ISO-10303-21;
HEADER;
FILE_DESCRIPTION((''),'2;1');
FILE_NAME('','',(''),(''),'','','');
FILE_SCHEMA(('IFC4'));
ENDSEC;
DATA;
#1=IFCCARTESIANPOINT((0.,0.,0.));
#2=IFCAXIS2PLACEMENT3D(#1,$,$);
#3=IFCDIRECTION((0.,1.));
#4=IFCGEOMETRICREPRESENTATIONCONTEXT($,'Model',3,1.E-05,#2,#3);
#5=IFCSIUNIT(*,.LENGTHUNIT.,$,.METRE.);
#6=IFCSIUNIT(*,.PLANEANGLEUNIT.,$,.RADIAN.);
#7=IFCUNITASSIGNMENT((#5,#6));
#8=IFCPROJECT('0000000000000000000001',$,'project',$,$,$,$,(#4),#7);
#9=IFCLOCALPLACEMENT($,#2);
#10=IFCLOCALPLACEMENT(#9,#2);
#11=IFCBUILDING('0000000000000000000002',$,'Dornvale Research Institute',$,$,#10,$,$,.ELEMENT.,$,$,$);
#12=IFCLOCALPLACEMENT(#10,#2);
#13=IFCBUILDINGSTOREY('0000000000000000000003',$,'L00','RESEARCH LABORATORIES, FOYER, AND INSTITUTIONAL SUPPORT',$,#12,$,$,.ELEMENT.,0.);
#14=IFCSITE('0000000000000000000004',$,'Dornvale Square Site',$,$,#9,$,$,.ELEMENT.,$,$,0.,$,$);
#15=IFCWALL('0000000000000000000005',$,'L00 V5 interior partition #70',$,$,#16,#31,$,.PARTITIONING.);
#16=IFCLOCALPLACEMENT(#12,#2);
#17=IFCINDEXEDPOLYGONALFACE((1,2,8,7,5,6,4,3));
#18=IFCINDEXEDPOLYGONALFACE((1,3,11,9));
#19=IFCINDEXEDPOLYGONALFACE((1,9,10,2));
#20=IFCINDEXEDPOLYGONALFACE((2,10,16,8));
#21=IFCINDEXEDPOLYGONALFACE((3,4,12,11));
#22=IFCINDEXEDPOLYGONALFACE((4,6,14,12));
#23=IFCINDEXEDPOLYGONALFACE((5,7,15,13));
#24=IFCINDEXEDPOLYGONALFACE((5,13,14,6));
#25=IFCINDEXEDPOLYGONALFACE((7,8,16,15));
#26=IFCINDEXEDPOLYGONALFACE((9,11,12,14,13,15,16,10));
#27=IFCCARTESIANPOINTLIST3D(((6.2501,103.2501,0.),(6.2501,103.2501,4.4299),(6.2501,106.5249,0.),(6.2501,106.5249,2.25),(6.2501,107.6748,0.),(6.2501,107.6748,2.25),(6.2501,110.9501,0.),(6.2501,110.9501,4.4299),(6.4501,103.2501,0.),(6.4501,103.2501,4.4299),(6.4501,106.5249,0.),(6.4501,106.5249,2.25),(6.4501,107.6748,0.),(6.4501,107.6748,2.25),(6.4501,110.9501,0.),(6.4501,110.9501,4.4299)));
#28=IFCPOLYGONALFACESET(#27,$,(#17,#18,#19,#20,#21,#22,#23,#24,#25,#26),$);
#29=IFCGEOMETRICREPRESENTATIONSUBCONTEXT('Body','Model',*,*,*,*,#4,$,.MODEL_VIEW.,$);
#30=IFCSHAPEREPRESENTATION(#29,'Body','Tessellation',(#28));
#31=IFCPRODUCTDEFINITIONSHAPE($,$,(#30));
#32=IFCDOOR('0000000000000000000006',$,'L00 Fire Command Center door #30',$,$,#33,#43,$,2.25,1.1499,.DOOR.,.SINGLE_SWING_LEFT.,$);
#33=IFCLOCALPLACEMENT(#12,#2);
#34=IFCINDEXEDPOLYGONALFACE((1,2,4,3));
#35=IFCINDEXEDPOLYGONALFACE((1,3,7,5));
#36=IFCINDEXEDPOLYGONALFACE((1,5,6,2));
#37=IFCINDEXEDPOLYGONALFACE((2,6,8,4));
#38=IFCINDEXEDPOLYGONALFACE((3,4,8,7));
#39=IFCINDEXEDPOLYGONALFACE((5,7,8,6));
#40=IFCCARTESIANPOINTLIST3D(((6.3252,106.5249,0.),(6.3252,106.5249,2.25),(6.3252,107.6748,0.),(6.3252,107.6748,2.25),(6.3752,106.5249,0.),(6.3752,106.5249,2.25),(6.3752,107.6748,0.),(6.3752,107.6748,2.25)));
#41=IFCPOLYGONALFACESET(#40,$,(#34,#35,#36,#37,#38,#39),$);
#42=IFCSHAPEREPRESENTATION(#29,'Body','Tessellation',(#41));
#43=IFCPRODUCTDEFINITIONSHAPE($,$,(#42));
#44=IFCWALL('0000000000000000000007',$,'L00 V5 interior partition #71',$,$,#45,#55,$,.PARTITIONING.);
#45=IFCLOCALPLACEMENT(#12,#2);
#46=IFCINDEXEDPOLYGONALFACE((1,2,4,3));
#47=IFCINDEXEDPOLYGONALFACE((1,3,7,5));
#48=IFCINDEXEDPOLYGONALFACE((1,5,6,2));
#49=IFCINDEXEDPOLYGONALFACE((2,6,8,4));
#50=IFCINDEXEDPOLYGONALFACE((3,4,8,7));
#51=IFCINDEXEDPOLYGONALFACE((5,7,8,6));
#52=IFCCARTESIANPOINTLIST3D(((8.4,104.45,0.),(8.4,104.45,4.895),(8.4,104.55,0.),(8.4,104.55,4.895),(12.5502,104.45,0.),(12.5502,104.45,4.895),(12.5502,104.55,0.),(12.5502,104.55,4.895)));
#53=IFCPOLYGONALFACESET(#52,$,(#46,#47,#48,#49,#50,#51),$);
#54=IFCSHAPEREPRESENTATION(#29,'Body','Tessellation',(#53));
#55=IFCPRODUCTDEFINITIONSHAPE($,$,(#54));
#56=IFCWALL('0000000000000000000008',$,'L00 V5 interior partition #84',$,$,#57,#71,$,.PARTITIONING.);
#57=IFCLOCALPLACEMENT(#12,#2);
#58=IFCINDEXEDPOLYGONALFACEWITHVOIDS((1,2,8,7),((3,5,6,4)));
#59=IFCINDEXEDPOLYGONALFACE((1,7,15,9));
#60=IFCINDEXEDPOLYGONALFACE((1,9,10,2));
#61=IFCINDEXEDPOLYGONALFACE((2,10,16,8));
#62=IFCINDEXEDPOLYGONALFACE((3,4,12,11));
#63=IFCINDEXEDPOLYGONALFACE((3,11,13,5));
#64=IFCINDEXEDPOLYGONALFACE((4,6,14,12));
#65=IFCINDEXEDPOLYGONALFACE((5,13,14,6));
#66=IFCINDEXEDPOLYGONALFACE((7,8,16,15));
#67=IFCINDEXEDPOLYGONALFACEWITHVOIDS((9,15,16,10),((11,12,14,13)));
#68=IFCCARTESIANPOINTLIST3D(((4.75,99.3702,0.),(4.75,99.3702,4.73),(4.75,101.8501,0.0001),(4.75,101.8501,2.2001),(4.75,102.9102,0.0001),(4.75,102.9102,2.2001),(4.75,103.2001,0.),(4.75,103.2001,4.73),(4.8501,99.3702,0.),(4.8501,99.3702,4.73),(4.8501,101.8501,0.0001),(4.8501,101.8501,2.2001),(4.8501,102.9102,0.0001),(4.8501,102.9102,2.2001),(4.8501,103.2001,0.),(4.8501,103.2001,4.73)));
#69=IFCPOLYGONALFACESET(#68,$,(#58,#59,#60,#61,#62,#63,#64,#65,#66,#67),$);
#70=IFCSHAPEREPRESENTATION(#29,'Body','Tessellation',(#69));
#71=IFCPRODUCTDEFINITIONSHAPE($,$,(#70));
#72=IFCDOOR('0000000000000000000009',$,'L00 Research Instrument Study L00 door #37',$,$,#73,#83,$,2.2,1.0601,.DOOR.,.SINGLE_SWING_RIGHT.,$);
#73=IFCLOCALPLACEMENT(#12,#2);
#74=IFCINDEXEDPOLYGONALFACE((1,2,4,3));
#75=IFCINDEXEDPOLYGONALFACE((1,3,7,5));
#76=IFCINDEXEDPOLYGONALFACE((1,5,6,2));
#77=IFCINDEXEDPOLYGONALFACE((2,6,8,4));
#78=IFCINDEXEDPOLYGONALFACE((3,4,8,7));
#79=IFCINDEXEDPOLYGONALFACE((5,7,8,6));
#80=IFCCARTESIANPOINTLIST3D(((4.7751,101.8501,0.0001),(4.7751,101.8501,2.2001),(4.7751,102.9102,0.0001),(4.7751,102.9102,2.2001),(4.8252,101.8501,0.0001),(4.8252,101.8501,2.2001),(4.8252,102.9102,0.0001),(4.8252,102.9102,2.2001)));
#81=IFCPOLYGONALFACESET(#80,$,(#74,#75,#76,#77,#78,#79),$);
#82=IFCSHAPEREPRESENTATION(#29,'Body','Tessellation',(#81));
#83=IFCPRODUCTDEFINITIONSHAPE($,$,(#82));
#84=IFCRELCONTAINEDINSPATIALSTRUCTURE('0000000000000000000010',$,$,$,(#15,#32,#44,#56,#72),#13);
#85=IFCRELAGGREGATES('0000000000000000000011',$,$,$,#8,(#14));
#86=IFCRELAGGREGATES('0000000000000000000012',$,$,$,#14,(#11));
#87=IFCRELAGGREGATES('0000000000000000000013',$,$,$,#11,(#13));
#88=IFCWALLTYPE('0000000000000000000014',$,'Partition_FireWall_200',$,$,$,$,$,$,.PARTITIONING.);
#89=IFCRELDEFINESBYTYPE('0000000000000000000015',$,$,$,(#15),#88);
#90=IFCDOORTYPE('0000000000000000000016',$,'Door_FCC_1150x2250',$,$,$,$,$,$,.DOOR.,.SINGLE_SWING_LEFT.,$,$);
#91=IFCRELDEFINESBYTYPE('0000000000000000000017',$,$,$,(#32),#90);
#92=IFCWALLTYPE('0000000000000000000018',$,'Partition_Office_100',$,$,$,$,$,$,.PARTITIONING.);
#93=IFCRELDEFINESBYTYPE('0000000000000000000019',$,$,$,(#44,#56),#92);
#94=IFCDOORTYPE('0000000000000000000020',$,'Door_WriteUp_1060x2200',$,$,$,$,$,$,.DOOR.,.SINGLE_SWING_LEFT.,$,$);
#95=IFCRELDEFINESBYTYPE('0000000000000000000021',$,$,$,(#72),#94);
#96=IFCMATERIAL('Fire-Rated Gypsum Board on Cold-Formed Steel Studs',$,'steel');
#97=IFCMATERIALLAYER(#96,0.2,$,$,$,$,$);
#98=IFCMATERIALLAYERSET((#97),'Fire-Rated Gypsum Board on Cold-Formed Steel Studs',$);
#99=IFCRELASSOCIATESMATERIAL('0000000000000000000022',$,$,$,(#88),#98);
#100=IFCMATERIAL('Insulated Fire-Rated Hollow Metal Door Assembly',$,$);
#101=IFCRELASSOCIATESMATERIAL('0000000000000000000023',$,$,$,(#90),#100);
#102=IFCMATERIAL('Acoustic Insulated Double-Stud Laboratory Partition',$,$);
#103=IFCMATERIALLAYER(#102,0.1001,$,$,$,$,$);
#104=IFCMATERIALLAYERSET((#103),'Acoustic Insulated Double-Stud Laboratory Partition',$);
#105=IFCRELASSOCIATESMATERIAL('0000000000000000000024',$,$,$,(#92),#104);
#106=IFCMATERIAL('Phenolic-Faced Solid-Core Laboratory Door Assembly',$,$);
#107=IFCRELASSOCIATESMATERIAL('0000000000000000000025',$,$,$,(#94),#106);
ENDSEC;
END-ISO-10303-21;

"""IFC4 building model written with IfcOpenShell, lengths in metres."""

from ifc_helpers import new_model, si_unit, direction, frame, frame_2d, origin, place, context, subcontext, project, spatial, rectangle, extrude, material, layer, layer_set, type_object, element, fill, save


model = new_model("IFC4")

# Units and contexts
model_context = context("Model", 3, precision=1e-05, world=origin(), true_north=direction((0.0, 1.0)))
body_context = subcontext(model_context, "Body", "Model", "MODEL_VIEW")
ifc_project = project(units=[si_unit("LENGTHUNIT", "METRE"), si_unit("PLANEANGLEUNIT", "RADIAN")], contexts=[model_context])

# Site, building, storey
site_placement = place(None, origin())
site = spatial("IfcSite", under=ifc_project, at=site_placement, Name="Dornvale Square Site", CompositionType="ELEMENT", RefElevation=0.0)
building_placement = place(site_placement, origin())
building = spatial("IfcBuilding", under=site, at=building_placement, Name="Dornvale Research Institute", CompositionType="ELEMENT")
storey_placement = place(building_placement, origin())
storey = spatial("IfcBuildingStorey", under=building, at=storey_placement, Name="L00", Description="RESEARCH LABORATORIES, FOYER, AND INSTITUTIONAL SUPPORT", CompositionType="ELEMENT", Elevation=0.0)

# Wall, opening, door
ifc_material_1 = material(Name="Fire-Rated Gypsum Board on Cold-Formed Steel Studs", Category="steel")
ifc_layer_1 = layer(ifc_material_1, 0.2)
ifc_layer_set_1 = layer_set([ifc_layer_1], Name="Fire-Rated Gypsum Board on Cold-Formed Steel Studs")
wall_type_1 = type_object("IfcWallType", Name="Partition_FireWall_200", PredefinedType="PARTITIONING", material=ifc_layer_set_1)
wall_1_placement = place(storey_placement, frame((6.3501, 103.25, 0.0), z_axis=(0.0, 0.0, 1.0), x_axis=(0.0, 1.0, 0.0)))
wall_1 = element("IfcWall", 1, at=wall_1_placement, inside=storey, type_object=wall_type_1, Name="L00 V5 interior partition #70", PredefinedType="PARTITIONING", context=body_context, shape_type="SweptSolid", body=[
    extrude(rectangle(XDim=7.7, YDim=0.2, at=frame_2d((3.8501, 0.0))), origin(), (0.0, 0.0, 1.0), 4.4299),
])
opening_1_placement = place(wall_1_placement, frame((3.2749, 0.0, 0.0)))
opening_1 = element("IfcOpeningElement", 2, at=opening_1_placement, cuts=wall_1, PredefinedType="OPENING", context=body_context, shape_type="SweptSolid", body=[
    extrude(rectangle(XDim=1.1499, YDim=2.25, at=frame_2d((0.575, 1.125))), frame((0.0, 0.115, 0.0), z_axis=(0.0, -1.0, 0.0), x_axis=(1.0, 0.0, 0.0)), (0.0, 0.0, 1.0), 0.23),
])
ifc_material_2 = material(Name="Insulated Fire-Rated Hollow Metal Door Assembly")
door_type_1 = type_object("IfcDoorType", Name="Door_FCC_1150x2250", OperationType="SINGLE_SWING_LEFT", PredefinedType="DOOR", material=ifc_material_2)
door_1_placement = place(opening_1_placement, origin())
door_1 = element("IfcDoor", 3, at=door_1_placement, inside=storey, type_object=door_type_1, Name="L00 Fire Command Center door #30", OperationType="SINGLE_SWING_LEFT", OverallHeight=2.25, OverallWidth=1.1499, PredefinedType="DOOR", context=body_context, shape_type="SweptSolid", body=[
    extrude(rectangle(XDim=1.1499, YDim=2.25, at=frame_2d((0.575, 1.125))), frame((0.0, 0.0249, 0.0), z_axis=(0.0, -1.0, 0.0), x_axis=(1.0, 0.0, 0.0)), (0.0, 0.0, 1.0), 0.05),
])
fill(opening_1, door_1)

# Wall
ifc_material_3 = material(Name="Acoustic Insulated Double-Stud Laboratory Partition")
ifc_layer_2 = layer(ifc_material_3, 0.1001)
ifc_layer_set_2 = layer_set([ifc_layer_2], Name="Acoustic Insulated Double-Stud Laboratory Partition")
wall_type_2 = type_object("IfcWallType", Name="Partition_Office_100", PredefinedType="PARTITIONING", material=ifc_layer_set_2)
wall_2_placement = place(storey_placement, frame((8.3999, 104.5, 0.0), z_axis=(0.0, 0.0, 1.0), x_axis=(1.0, 0.0, 0.0)))
element("IfcWall", 4, at=wall_2_placement, inside=storey, type_object=wall_type_2, Name="L00 V5 interior partition #71", PredefinedType="PARTITIONING", context=body_context, shape_type="SweptSolid", body=[
    extrude(rectangle(XDim=4.1501, YDim=0.1001, at=frame_2d((2.0752, 0.0))), origin(), (0.0, 0.0, 1.0), 4.895),
])

# Wall, opening, door
wall_3_placement = place(storey_placement, frame((4.8, 99.3701, 0.0), z_axis=(0.0, 0.0, 1.0), x_axis=(0.0, 1.0, 0.0)))
wall_3 = element("IfcWall", 5, at=wall_3_placement, inside=storey, type_object=wall_type_2, Name="L00 V5 interior partition #84", PredefinedType="PARTITIONING", context=body_context, shape_type="SweptSolid", body=[
    extrude(rectangle(XDim=3.8298, YDim=0.1001, at=frame_2d((1.915, 0.0))), origin(), (0.0, 0.0, 1.0), 4.73),
])
opening_2_placement = place(wall_3_placement, frame((2.48, 0.0, 0.0)))
opening_2 = element("IfcOpeningElement", 6, at=opening_2_placement, cuts=wall_3, PredefinedType="OPENING", context=body_context, shape_type="SweptSolid", body=[
    extrude(rectangle(XDim=1.0601, YDim=2.2, at=frame_2d((0.53, 1.1001))), frame((0.0, 0.0649, 0.0), z_axis=(0.0, -1.0, 0.0), x_axis=(1.0, 0.0, 0.0)), (0.0, 0.0, 1.0), 0.1301),
])
ifc_material_4 = material(Name="Phenolic-Faced Solid-Core Laboratory Door Assembly")
door_type_2 = type_object("IfcDoorType", Name="Door_WriteUp_1060x2200", OperationType="SINGLE_SWING_LEFT", PredefinedType="DOOR", material=ifc_material_4)
door_2_placement = place(opening_2_placement, origin())
door_2 = element("IfcDoor", 7, at=door_2_placement, inside=storey, type_object=door_type_2, Name="L00 Research Instrument Study L00 door #37", OperationType="SINGLE_SWING_RIGHT", OverallHeight=2.2, OverallWidth=1.0601, PredefinedType="DOOR", context=body_context, shape_type="SweptSolid", body=[
    extrude(rectangle(XDim=1.0601, YDim=2.2, at=frame_2d((0.53, 1.1001))), frame((0.0, 0.0249, 0.0), z_axis=(0.0, -1.0, 0.0), x_axis=(1.0, 0.0, 0.0)), (0.0, 0.0, 1.0), 0.05),
])
fill(opening_2, door_2)

save(model, "model.ifc")
